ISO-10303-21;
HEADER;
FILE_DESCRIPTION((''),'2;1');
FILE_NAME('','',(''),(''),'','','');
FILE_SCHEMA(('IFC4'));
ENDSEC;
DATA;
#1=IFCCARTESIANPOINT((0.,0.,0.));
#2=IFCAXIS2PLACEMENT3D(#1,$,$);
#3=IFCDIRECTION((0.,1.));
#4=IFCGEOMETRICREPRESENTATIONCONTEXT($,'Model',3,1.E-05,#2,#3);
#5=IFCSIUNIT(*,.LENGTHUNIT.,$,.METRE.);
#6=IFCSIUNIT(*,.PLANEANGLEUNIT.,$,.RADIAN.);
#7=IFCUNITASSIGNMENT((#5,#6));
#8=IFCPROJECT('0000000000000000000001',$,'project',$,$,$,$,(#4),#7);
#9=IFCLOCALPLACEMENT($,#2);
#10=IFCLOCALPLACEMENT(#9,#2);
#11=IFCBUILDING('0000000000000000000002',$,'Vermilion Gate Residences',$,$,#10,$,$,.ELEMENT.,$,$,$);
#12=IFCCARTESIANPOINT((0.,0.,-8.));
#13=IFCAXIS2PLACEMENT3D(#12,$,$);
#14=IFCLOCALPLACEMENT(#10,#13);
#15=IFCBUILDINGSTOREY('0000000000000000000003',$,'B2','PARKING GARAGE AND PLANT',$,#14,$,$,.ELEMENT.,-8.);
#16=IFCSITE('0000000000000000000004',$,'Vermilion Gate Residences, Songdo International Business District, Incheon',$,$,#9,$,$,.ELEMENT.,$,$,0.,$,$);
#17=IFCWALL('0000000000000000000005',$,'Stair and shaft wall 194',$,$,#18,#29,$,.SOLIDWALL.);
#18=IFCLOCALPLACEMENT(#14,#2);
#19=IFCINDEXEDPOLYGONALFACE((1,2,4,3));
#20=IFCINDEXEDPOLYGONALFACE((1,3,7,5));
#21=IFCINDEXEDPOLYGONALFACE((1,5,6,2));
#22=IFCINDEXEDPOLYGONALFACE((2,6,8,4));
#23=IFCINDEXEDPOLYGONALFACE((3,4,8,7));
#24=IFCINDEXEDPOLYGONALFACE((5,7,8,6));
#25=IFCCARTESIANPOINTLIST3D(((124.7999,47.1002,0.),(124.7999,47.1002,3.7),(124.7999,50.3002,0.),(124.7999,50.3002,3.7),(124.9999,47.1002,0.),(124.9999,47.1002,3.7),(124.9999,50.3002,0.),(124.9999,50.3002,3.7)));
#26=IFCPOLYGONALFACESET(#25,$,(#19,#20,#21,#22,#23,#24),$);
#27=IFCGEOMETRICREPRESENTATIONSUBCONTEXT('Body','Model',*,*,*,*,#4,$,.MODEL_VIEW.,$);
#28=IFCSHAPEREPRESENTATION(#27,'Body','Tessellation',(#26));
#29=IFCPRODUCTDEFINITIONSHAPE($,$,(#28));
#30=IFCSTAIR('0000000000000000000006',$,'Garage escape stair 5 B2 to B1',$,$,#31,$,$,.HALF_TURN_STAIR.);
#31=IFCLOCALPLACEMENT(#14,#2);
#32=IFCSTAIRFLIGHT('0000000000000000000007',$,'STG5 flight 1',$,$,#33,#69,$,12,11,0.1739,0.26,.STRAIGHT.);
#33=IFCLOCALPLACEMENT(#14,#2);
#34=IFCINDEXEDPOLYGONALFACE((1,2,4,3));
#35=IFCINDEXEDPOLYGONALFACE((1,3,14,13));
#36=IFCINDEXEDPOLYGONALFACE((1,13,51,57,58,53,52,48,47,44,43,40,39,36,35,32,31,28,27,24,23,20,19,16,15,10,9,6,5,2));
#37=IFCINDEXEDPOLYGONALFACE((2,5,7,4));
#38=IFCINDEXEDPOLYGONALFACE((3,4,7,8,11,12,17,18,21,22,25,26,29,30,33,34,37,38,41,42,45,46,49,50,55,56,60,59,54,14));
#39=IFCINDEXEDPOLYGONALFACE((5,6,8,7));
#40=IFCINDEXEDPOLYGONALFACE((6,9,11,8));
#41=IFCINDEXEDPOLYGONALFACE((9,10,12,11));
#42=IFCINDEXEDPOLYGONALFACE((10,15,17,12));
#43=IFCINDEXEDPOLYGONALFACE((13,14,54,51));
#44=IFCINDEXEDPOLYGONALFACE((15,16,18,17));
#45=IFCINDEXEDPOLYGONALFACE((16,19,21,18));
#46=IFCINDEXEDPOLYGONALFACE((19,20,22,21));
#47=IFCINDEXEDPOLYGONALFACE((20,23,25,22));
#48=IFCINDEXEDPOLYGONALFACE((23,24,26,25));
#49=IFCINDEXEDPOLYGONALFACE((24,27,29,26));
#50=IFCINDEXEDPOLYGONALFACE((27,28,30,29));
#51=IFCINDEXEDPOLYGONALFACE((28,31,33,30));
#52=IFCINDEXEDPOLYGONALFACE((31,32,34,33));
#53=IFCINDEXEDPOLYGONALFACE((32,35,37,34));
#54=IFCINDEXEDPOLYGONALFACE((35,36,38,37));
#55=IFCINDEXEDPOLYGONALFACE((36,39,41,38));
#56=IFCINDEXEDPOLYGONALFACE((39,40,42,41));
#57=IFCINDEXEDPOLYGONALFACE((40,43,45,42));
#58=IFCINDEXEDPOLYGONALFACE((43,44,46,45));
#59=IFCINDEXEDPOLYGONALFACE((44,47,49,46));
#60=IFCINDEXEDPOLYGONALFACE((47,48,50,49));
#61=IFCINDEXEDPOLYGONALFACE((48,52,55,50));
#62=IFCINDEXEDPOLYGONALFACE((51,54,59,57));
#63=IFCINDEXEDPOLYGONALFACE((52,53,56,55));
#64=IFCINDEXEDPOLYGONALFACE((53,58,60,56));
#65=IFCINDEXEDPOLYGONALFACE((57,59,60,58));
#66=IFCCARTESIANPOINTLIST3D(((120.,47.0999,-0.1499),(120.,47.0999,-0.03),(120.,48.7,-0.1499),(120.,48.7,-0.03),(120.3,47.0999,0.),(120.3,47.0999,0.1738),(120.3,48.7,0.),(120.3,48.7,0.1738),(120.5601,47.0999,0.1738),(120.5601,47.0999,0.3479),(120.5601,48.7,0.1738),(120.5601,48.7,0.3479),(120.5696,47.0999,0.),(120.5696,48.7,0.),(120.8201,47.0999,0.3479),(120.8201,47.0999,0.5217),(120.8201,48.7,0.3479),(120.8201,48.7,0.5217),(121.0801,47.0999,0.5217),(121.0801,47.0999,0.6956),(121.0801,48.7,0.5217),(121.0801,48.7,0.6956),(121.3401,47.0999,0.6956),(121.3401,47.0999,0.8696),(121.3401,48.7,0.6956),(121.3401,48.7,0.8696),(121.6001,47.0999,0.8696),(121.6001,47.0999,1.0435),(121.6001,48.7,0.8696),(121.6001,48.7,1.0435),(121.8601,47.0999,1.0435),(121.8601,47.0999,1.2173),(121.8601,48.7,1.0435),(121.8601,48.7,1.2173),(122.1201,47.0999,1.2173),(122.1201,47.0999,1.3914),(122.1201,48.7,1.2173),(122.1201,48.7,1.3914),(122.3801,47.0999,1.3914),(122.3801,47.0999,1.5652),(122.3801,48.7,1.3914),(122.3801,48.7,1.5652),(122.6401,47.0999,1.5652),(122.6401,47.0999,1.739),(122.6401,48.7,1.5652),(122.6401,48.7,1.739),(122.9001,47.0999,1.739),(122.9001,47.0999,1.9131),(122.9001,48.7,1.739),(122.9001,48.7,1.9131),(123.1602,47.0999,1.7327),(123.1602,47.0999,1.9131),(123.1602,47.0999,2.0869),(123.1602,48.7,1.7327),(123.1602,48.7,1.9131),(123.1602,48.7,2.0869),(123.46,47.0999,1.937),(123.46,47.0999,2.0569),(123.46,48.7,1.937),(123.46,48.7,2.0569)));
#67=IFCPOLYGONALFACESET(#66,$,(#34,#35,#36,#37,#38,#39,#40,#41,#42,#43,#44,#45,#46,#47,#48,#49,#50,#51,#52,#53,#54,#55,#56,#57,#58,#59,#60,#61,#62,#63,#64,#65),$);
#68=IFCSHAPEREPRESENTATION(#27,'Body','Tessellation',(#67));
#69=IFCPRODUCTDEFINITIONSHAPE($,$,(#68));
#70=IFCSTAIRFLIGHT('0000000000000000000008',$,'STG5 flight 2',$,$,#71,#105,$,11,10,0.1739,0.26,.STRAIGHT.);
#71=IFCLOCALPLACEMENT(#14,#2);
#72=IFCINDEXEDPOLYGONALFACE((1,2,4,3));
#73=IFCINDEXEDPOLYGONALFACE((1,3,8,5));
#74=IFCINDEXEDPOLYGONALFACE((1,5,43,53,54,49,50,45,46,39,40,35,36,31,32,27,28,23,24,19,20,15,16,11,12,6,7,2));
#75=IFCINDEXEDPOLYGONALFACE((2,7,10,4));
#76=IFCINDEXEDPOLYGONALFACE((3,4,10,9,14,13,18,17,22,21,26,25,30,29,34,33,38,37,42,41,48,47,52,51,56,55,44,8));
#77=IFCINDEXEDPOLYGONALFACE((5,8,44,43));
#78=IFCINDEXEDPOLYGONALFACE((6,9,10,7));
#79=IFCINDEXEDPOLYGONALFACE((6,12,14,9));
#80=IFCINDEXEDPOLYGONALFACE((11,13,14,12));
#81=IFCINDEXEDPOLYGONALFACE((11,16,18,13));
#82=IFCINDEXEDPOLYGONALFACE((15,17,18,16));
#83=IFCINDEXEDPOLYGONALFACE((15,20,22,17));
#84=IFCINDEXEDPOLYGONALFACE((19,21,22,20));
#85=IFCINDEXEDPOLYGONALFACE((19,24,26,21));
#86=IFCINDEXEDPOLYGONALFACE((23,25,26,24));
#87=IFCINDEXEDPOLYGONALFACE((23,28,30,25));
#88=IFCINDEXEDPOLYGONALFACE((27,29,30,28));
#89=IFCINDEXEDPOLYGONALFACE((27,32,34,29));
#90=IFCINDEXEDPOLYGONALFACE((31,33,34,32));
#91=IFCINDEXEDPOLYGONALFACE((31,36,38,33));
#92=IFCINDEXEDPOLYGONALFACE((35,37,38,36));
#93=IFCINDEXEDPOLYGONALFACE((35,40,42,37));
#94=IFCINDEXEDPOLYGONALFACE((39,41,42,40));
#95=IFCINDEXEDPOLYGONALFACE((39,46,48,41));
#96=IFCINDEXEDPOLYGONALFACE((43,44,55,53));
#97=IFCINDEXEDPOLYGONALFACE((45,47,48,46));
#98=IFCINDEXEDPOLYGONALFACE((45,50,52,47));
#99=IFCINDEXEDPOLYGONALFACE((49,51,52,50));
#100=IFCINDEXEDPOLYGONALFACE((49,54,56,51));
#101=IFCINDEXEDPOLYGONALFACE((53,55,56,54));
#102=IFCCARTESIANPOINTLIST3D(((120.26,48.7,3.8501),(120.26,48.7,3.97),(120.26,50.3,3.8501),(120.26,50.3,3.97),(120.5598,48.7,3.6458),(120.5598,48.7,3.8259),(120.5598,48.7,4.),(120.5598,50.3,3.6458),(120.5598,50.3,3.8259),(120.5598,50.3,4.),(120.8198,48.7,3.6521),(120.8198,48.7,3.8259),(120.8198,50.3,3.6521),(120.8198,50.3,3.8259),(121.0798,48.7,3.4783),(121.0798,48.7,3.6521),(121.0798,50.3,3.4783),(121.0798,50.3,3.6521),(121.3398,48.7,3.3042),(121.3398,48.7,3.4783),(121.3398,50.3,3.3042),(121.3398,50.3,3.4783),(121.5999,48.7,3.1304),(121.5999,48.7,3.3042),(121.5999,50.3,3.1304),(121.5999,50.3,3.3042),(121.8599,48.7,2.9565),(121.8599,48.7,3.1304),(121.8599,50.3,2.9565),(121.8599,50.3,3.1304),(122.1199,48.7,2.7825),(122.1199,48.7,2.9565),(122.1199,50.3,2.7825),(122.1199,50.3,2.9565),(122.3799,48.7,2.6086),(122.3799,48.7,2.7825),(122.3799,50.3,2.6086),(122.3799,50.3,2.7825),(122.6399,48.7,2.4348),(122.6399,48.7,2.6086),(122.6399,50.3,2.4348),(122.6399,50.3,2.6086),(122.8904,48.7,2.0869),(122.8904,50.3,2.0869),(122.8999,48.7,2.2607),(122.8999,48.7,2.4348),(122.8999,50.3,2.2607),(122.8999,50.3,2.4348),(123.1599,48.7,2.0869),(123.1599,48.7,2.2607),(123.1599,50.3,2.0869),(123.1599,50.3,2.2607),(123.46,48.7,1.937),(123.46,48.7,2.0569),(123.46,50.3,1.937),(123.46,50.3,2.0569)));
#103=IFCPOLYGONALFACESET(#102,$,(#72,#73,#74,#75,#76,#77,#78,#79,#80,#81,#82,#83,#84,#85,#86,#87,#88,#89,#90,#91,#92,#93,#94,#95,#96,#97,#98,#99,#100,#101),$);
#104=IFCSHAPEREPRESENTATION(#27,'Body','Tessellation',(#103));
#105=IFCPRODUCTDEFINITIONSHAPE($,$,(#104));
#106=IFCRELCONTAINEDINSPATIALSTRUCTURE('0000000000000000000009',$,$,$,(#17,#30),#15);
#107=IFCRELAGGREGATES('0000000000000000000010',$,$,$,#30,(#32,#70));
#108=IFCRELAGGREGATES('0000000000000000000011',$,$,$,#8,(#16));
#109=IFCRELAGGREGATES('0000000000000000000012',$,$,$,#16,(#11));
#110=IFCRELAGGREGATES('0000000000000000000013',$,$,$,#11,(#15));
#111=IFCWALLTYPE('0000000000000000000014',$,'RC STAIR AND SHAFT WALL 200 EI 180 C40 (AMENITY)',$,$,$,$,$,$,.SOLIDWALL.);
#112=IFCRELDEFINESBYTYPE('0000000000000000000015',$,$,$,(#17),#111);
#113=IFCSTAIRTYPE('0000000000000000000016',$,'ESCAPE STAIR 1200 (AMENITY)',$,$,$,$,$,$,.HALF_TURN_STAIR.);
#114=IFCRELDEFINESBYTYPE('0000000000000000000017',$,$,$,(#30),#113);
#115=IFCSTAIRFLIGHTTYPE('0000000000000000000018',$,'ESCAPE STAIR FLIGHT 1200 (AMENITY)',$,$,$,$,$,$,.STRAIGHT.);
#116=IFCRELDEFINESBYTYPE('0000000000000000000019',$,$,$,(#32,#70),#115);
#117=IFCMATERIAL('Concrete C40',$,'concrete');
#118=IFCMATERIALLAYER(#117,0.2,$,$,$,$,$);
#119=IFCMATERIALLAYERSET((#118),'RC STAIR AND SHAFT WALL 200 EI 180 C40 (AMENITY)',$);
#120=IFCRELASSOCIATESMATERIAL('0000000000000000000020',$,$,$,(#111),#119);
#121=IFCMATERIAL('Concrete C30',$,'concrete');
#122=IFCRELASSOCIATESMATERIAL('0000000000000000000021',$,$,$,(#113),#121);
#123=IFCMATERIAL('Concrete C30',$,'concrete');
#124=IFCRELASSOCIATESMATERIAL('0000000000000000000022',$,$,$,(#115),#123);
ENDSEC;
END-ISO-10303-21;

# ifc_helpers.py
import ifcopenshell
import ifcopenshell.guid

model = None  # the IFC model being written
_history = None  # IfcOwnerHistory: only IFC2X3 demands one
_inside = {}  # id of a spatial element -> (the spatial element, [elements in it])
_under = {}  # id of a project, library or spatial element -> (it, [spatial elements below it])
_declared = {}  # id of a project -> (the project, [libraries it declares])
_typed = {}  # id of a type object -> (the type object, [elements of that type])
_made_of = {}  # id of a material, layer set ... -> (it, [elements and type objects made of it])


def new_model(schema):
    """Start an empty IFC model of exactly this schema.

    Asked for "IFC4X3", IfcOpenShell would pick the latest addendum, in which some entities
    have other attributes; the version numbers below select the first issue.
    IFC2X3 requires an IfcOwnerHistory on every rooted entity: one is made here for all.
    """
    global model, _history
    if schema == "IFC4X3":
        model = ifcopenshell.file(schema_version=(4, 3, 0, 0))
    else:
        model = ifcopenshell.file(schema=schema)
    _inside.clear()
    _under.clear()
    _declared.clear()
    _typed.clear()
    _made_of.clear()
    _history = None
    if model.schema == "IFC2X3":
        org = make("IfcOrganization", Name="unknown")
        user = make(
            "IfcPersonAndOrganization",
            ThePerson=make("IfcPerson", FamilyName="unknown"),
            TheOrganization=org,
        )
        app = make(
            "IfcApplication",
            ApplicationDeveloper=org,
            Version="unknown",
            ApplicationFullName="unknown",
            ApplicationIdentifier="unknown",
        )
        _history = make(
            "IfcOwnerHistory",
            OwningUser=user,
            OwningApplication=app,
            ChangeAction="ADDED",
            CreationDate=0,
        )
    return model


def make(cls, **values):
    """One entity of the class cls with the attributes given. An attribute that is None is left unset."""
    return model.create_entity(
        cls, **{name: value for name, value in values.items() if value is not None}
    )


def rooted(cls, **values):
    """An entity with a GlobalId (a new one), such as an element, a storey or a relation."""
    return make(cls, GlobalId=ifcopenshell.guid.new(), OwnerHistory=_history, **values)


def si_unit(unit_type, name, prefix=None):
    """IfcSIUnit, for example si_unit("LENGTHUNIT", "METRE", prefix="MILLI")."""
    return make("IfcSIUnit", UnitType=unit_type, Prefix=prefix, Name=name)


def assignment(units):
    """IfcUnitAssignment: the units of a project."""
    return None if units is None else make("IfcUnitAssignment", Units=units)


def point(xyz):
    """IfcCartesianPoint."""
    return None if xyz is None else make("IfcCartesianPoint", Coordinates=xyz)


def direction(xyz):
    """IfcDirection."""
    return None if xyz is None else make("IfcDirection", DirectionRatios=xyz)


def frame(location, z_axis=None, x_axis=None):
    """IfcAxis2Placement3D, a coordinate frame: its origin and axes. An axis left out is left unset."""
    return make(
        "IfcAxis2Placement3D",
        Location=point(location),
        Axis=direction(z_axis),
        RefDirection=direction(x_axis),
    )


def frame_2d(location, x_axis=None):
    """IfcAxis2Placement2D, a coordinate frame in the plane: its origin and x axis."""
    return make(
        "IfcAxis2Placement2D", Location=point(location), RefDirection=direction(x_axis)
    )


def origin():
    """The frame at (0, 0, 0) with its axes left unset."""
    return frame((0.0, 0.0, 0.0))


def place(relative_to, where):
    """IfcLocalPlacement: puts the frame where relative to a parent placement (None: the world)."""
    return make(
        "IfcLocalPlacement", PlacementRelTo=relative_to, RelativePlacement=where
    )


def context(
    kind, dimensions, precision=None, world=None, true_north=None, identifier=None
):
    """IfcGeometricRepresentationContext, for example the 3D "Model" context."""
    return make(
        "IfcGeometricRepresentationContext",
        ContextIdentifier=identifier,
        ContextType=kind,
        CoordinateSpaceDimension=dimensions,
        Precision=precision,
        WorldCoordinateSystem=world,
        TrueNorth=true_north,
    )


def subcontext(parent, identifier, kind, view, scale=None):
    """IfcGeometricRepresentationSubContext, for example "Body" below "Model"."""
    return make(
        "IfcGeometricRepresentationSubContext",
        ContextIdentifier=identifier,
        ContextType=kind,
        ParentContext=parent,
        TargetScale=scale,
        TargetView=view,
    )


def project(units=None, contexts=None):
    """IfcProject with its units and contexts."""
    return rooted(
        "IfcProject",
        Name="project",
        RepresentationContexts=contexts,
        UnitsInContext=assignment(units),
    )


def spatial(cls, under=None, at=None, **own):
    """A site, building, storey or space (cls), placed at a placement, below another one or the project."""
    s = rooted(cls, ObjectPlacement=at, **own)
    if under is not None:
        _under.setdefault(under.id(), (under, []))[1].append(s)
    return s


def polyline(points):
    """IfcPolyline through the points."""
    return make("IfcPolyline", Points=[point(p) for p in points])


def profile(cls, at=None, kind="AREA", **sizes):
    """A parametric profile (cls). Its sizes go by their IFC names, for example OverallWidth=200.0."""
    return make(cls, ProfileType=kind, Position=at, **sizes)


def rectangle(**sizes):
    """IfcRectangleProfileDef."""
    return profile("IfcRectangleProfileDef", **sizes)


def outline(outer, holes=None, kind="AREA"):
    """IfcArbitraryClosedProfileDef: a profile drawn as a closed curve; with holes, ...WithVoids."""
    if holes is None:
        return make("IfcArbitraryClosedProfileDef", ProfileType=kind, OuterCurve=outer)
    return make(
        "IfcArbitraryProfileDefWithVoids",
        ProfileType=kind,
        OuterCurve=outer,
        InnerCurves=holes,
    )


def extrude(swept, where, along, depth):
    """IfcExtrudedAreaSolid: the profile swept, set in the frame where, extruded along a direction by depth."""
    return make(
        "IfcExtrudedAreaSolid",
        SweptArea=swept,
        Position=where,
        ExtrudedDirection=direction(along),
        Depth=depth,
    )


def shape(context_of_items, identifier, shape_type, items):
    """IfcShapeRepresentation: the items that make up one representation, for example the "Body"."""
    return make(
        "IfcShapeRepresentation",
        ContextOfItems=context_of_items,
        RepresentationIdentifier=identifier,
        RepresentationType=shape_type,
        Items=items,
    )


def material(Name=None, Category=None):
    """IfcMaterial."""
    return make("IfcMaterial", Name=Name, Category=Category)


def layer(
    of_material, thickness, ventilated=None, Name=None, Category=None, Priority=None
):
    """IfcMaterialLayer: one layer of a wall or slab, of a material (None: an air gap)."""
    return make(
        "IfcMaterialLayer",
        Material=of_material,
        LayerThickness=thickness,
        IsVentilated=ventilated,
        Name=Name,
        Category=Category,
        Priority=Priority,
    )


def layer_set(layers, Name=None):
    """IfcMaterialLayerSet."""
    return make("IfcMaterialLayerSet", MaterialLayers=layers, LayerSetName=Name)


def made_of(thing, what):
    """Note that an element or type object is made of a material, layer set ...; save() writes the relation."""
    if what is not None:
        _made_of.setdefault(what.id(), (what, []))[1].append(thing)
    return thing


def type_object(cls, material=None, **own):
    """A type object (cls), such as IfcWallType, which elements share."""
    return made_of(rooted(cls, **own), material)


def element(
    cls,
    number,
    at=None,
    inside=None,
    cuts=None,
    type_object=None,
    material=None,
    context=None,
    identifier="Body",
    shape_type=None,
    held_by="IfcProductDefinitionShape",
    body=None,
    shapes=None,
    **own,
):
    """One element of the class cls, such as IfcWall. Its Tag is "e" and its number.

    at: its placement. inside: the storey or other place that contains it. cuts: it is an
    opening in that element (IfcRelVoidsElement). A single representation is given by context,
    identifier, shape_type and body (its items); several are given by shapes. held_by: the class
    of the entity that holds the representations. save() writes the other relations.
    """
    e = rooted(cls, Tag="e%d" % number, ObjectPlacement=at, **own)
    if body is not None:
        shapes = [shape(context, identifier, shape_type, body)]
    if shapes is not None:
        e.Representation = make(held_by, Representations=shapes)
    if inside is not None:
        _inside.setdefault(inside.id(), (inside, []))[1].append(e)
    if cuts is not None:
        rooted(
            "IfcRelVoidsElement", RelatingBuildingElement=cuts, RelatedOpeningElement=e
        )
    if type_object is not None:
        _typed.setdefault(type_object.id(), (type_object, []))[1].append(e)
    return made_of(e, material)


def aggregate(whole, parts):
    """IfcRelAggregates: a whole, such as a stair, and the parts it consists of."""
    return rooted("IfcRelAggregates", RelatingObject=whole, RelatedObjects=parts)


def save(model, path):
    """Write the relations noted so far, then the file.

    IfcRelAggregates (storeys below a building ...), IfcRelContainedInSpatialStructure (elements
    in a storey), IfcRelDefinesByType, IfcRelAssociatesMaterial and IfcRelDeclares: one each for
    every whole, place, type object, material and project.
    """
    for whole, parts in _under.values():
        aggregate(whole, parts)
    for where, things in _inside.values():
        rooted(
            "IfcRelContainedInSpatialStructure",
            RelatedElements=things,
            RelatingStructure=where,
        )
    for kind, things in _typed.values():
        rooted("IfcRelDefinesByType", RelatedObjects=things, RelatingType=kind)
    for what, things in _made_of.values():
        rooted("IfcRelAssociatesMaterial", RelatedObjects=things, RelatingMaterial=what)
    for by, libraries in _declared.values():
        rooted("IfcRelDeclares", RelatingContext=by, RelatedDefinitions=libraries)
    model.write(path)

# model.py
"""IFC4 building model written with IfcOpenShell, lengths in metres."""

from ifc_helpers import new_model, si_unit, direction, frame, frame_2d, origin, place, context, subcontext, project, spatial, polyline, rectangle, outline, extrude, material, layer, layer_set, type_object, element, aggregate, save


model = new_model("IFC4")

# Units and contexts
model_context = context("Model", 3, precision=1e-05, world=origin(), true_north=direction((0.0, 1.0)))
body_context = subcontext(model_context, "Body", "Model", "MODEL_VIEW")
ifc_project = project(units=[si_unit("LENGTHUNIT", "METRE"), si_unit("PLANEANGLEUNIT", "RADIAN")], contexts=[model_context])

# Site, building, storey
site_placement = place(None, origin())
site = spatial("IfcSite", under=ifc_project, at=site_placement, Name="Vermilion Gate Residences, Songdo International Business District, Incheon", CompositionType="ELEMENT", RefElevation=0.0)
building_placement = place(site_placement, origin())
building = spatial("IfcBuilding", under=site, at=building_placement, Name="Vermilion Gate Residences", CompositionType="ELEMENT")
storey_placement = place(building_placement, frame((0.0, 0.0, -8.0)))
storey = spatial("IfcBuildingStorey", under=building, at=storey_placement, Name="B2", Description="PARKING GARAGE AND PLANT", CompositionType="ELEMENT", Elevation=-8.0)

# Shared definitions
ifc_material_1 = material(Name="Concrete C40", Category="concrete")
ifc_layer_1 = layer(ifc_material_1, 0.2)
ifc_layer_set_1 = layer_set([ifc_layer_1], Name="RC STAIR AND SHAFT WALL 200 EI 180 C40 (AMENITY)")
wall_type_1 = type_object("IfcWallType", Name="RC STAIR AND SHAFT WALL 200 EI 180 C40 (AMENITY)", PredefinedType="SOLIDWALL", material=ifc_layer_set_1)

# Wall
wall_1_placement = place(storey_placement, frame((124.8999, 47.1001, 0.0), z_axis=(0.0, 0.0, 1.0), x_axis=(0.0, 1.0, 0.0)))
element("IfcWall", 1, at=wall_1_placement, inside=storey, type_object=wall_type_1, Name="Stair and shaft wall 194", PredefinedType="SOLIDWALL", context=body_context, shape_type="SweptSolid", body=[
    extrude(rectangle(XDim=3.2, YDim=0.2, at=frame_2d((1.6001, 0.0))), origin(), (0.0, 0.0, 1.0), 3.7),
])

# Stair, stair flights
ifc_material_2 = material(Name="Concrete C30", Category="concrete")
stair_type = type_object("IfcStairType", Name="ESCAPE STAIR 1200 (AMENITY)", PredefinedType="HALF_TURN_STAIR", material=ifc_material_2)
stair_placement = place(storey_placement, origin())
stair = element("IfcStair", 2, at=stair_placement, inside=storey, type_object=stair_type, Name="Garage escape stair 5 B2 to B1", PredefinedType="HALF_TURN_STAIR")
ifc_material_3 = material(Name="Concrete C30", Category="concrete")
stair_flight_type = type_object("IfcStairFlightType", Name="ESCAPE STAIR FLIGHT 1200 (AMENITY)", PredefinedType="STRAIGHT", material=ifc_material_3)
stair_flight_1_placement = place(storey_placement, frame((120.3, 47.8999, 0.0), z_axis=(0.0, 0.0, 1.0), x_axis=(1.0, 0.0, 0.0)))
stair_flight_1 = element("IfcStairFlight", 3, at=stair_flight_1_placement, type_object=stair_flight_type, Name="STG5 flight 1", NumberOfRisers=12, NumberOfTreads=11, PredefinedType="STRAIGHT", RiserHeight=0.1739, TreadLength=0.26, context=body_context, shape_type="SweptSolid", body=[
    extrude(outline(polyline([(-0.3, -0.1499), (-0.3, -0.03), (0.0, 0.0), (0.0, 0.1738), (0.26, 0.1738), (0.26, 0.3479), (0.52, 0.3479), (0.52, 0.5217), (0.78, 0.5217), (0.78, 0.6956), (1.04, 0.6956), (1.04, 0.8696), (1.3, 0.8696), (1.3, 1.0435), (1.5601, 1.0435), (1.5601, 1.2173), (1.8201, 1.2173), (1.8201, 1.3914), (2.0801, 1.3914), (2.0801, 1.5652), (2.3401, 1.5652), (2.3401, 1.739), (2.6001, 1.739), (2.6001, 1.9131), (2.8601, 1.9131), (2.8601, 2.0869), (3.1599, 2.0569), (3.1599, 1.937), (2.8601, 1.7327), (0.2695, 0.0), (-0.3, -0.1499)])), frame((0.0, 0.8, 0.0), z_axis=(0.0, -1.0, 0.0), x_axis=(1.0, 0.0, 0.0)), (0.0, 0.0, 1.0), 1.6001),
])
stair_flight_2_placement = place(storey_placement, frame((123.1599, 49.5, 2.0869), z_axis=(0.0, 0.0, 1.0), x_axis=(-1.0, 0.0, 0.0)))
stair_flight_2 = element("IfcStairFlight", 4, at=stair_flight_2_placement, type_object=stair_flight_type, Name="STG5 flight 2", NumberOfRisers=11, NumberOfTreads=10, PredefinedType="STRAIGHT", RiserHeight=0.1739, TreadLength=0.26, context=body_context, shape_type="SweptSolid", body=[
    extrude(outline(polyline([(-0.3, -0.1499), (-0.3, -0.03), (0.0, 0.0), (0.0, 0.1738), (0.26, 0.1738), (0.26, 0.3479), (0.52, 0.3479), (0.52, 0.5217), (0.78, 0.5217), (0.78, 0.6956), (1.04, 0.6956), (1.04, 0.8696), (1.3, 0.8696), (1.3, 1.0435), (1.5601, 1.0435), (1.5601, 1.2173), (1.8201, 1.2173), (1.8201, 1.3914), (2.0801, 1.3914), (2.0801, 1.5652), (2.3401, 1.5652), (2.3401, 1.739), (2.6001, 1.739), (2.6001, 1.9131), (2.8999, 1.8831), (2.8999, 1.7632), (2.6001, 1.5588), (0.2695, 0.0), (-0.3, -0.1499)])), frame((0.0, 0.8, 0.0), z_axis=(0.0, -1.0, 0.0), x_axis=(1.0, 0.0, 0.0)), (0.0, 0.0, 1.0), 1.6001),
])
aggregate(stair, [stair_flight_1, stair_flight_2])

save(model, "model.ifc")
